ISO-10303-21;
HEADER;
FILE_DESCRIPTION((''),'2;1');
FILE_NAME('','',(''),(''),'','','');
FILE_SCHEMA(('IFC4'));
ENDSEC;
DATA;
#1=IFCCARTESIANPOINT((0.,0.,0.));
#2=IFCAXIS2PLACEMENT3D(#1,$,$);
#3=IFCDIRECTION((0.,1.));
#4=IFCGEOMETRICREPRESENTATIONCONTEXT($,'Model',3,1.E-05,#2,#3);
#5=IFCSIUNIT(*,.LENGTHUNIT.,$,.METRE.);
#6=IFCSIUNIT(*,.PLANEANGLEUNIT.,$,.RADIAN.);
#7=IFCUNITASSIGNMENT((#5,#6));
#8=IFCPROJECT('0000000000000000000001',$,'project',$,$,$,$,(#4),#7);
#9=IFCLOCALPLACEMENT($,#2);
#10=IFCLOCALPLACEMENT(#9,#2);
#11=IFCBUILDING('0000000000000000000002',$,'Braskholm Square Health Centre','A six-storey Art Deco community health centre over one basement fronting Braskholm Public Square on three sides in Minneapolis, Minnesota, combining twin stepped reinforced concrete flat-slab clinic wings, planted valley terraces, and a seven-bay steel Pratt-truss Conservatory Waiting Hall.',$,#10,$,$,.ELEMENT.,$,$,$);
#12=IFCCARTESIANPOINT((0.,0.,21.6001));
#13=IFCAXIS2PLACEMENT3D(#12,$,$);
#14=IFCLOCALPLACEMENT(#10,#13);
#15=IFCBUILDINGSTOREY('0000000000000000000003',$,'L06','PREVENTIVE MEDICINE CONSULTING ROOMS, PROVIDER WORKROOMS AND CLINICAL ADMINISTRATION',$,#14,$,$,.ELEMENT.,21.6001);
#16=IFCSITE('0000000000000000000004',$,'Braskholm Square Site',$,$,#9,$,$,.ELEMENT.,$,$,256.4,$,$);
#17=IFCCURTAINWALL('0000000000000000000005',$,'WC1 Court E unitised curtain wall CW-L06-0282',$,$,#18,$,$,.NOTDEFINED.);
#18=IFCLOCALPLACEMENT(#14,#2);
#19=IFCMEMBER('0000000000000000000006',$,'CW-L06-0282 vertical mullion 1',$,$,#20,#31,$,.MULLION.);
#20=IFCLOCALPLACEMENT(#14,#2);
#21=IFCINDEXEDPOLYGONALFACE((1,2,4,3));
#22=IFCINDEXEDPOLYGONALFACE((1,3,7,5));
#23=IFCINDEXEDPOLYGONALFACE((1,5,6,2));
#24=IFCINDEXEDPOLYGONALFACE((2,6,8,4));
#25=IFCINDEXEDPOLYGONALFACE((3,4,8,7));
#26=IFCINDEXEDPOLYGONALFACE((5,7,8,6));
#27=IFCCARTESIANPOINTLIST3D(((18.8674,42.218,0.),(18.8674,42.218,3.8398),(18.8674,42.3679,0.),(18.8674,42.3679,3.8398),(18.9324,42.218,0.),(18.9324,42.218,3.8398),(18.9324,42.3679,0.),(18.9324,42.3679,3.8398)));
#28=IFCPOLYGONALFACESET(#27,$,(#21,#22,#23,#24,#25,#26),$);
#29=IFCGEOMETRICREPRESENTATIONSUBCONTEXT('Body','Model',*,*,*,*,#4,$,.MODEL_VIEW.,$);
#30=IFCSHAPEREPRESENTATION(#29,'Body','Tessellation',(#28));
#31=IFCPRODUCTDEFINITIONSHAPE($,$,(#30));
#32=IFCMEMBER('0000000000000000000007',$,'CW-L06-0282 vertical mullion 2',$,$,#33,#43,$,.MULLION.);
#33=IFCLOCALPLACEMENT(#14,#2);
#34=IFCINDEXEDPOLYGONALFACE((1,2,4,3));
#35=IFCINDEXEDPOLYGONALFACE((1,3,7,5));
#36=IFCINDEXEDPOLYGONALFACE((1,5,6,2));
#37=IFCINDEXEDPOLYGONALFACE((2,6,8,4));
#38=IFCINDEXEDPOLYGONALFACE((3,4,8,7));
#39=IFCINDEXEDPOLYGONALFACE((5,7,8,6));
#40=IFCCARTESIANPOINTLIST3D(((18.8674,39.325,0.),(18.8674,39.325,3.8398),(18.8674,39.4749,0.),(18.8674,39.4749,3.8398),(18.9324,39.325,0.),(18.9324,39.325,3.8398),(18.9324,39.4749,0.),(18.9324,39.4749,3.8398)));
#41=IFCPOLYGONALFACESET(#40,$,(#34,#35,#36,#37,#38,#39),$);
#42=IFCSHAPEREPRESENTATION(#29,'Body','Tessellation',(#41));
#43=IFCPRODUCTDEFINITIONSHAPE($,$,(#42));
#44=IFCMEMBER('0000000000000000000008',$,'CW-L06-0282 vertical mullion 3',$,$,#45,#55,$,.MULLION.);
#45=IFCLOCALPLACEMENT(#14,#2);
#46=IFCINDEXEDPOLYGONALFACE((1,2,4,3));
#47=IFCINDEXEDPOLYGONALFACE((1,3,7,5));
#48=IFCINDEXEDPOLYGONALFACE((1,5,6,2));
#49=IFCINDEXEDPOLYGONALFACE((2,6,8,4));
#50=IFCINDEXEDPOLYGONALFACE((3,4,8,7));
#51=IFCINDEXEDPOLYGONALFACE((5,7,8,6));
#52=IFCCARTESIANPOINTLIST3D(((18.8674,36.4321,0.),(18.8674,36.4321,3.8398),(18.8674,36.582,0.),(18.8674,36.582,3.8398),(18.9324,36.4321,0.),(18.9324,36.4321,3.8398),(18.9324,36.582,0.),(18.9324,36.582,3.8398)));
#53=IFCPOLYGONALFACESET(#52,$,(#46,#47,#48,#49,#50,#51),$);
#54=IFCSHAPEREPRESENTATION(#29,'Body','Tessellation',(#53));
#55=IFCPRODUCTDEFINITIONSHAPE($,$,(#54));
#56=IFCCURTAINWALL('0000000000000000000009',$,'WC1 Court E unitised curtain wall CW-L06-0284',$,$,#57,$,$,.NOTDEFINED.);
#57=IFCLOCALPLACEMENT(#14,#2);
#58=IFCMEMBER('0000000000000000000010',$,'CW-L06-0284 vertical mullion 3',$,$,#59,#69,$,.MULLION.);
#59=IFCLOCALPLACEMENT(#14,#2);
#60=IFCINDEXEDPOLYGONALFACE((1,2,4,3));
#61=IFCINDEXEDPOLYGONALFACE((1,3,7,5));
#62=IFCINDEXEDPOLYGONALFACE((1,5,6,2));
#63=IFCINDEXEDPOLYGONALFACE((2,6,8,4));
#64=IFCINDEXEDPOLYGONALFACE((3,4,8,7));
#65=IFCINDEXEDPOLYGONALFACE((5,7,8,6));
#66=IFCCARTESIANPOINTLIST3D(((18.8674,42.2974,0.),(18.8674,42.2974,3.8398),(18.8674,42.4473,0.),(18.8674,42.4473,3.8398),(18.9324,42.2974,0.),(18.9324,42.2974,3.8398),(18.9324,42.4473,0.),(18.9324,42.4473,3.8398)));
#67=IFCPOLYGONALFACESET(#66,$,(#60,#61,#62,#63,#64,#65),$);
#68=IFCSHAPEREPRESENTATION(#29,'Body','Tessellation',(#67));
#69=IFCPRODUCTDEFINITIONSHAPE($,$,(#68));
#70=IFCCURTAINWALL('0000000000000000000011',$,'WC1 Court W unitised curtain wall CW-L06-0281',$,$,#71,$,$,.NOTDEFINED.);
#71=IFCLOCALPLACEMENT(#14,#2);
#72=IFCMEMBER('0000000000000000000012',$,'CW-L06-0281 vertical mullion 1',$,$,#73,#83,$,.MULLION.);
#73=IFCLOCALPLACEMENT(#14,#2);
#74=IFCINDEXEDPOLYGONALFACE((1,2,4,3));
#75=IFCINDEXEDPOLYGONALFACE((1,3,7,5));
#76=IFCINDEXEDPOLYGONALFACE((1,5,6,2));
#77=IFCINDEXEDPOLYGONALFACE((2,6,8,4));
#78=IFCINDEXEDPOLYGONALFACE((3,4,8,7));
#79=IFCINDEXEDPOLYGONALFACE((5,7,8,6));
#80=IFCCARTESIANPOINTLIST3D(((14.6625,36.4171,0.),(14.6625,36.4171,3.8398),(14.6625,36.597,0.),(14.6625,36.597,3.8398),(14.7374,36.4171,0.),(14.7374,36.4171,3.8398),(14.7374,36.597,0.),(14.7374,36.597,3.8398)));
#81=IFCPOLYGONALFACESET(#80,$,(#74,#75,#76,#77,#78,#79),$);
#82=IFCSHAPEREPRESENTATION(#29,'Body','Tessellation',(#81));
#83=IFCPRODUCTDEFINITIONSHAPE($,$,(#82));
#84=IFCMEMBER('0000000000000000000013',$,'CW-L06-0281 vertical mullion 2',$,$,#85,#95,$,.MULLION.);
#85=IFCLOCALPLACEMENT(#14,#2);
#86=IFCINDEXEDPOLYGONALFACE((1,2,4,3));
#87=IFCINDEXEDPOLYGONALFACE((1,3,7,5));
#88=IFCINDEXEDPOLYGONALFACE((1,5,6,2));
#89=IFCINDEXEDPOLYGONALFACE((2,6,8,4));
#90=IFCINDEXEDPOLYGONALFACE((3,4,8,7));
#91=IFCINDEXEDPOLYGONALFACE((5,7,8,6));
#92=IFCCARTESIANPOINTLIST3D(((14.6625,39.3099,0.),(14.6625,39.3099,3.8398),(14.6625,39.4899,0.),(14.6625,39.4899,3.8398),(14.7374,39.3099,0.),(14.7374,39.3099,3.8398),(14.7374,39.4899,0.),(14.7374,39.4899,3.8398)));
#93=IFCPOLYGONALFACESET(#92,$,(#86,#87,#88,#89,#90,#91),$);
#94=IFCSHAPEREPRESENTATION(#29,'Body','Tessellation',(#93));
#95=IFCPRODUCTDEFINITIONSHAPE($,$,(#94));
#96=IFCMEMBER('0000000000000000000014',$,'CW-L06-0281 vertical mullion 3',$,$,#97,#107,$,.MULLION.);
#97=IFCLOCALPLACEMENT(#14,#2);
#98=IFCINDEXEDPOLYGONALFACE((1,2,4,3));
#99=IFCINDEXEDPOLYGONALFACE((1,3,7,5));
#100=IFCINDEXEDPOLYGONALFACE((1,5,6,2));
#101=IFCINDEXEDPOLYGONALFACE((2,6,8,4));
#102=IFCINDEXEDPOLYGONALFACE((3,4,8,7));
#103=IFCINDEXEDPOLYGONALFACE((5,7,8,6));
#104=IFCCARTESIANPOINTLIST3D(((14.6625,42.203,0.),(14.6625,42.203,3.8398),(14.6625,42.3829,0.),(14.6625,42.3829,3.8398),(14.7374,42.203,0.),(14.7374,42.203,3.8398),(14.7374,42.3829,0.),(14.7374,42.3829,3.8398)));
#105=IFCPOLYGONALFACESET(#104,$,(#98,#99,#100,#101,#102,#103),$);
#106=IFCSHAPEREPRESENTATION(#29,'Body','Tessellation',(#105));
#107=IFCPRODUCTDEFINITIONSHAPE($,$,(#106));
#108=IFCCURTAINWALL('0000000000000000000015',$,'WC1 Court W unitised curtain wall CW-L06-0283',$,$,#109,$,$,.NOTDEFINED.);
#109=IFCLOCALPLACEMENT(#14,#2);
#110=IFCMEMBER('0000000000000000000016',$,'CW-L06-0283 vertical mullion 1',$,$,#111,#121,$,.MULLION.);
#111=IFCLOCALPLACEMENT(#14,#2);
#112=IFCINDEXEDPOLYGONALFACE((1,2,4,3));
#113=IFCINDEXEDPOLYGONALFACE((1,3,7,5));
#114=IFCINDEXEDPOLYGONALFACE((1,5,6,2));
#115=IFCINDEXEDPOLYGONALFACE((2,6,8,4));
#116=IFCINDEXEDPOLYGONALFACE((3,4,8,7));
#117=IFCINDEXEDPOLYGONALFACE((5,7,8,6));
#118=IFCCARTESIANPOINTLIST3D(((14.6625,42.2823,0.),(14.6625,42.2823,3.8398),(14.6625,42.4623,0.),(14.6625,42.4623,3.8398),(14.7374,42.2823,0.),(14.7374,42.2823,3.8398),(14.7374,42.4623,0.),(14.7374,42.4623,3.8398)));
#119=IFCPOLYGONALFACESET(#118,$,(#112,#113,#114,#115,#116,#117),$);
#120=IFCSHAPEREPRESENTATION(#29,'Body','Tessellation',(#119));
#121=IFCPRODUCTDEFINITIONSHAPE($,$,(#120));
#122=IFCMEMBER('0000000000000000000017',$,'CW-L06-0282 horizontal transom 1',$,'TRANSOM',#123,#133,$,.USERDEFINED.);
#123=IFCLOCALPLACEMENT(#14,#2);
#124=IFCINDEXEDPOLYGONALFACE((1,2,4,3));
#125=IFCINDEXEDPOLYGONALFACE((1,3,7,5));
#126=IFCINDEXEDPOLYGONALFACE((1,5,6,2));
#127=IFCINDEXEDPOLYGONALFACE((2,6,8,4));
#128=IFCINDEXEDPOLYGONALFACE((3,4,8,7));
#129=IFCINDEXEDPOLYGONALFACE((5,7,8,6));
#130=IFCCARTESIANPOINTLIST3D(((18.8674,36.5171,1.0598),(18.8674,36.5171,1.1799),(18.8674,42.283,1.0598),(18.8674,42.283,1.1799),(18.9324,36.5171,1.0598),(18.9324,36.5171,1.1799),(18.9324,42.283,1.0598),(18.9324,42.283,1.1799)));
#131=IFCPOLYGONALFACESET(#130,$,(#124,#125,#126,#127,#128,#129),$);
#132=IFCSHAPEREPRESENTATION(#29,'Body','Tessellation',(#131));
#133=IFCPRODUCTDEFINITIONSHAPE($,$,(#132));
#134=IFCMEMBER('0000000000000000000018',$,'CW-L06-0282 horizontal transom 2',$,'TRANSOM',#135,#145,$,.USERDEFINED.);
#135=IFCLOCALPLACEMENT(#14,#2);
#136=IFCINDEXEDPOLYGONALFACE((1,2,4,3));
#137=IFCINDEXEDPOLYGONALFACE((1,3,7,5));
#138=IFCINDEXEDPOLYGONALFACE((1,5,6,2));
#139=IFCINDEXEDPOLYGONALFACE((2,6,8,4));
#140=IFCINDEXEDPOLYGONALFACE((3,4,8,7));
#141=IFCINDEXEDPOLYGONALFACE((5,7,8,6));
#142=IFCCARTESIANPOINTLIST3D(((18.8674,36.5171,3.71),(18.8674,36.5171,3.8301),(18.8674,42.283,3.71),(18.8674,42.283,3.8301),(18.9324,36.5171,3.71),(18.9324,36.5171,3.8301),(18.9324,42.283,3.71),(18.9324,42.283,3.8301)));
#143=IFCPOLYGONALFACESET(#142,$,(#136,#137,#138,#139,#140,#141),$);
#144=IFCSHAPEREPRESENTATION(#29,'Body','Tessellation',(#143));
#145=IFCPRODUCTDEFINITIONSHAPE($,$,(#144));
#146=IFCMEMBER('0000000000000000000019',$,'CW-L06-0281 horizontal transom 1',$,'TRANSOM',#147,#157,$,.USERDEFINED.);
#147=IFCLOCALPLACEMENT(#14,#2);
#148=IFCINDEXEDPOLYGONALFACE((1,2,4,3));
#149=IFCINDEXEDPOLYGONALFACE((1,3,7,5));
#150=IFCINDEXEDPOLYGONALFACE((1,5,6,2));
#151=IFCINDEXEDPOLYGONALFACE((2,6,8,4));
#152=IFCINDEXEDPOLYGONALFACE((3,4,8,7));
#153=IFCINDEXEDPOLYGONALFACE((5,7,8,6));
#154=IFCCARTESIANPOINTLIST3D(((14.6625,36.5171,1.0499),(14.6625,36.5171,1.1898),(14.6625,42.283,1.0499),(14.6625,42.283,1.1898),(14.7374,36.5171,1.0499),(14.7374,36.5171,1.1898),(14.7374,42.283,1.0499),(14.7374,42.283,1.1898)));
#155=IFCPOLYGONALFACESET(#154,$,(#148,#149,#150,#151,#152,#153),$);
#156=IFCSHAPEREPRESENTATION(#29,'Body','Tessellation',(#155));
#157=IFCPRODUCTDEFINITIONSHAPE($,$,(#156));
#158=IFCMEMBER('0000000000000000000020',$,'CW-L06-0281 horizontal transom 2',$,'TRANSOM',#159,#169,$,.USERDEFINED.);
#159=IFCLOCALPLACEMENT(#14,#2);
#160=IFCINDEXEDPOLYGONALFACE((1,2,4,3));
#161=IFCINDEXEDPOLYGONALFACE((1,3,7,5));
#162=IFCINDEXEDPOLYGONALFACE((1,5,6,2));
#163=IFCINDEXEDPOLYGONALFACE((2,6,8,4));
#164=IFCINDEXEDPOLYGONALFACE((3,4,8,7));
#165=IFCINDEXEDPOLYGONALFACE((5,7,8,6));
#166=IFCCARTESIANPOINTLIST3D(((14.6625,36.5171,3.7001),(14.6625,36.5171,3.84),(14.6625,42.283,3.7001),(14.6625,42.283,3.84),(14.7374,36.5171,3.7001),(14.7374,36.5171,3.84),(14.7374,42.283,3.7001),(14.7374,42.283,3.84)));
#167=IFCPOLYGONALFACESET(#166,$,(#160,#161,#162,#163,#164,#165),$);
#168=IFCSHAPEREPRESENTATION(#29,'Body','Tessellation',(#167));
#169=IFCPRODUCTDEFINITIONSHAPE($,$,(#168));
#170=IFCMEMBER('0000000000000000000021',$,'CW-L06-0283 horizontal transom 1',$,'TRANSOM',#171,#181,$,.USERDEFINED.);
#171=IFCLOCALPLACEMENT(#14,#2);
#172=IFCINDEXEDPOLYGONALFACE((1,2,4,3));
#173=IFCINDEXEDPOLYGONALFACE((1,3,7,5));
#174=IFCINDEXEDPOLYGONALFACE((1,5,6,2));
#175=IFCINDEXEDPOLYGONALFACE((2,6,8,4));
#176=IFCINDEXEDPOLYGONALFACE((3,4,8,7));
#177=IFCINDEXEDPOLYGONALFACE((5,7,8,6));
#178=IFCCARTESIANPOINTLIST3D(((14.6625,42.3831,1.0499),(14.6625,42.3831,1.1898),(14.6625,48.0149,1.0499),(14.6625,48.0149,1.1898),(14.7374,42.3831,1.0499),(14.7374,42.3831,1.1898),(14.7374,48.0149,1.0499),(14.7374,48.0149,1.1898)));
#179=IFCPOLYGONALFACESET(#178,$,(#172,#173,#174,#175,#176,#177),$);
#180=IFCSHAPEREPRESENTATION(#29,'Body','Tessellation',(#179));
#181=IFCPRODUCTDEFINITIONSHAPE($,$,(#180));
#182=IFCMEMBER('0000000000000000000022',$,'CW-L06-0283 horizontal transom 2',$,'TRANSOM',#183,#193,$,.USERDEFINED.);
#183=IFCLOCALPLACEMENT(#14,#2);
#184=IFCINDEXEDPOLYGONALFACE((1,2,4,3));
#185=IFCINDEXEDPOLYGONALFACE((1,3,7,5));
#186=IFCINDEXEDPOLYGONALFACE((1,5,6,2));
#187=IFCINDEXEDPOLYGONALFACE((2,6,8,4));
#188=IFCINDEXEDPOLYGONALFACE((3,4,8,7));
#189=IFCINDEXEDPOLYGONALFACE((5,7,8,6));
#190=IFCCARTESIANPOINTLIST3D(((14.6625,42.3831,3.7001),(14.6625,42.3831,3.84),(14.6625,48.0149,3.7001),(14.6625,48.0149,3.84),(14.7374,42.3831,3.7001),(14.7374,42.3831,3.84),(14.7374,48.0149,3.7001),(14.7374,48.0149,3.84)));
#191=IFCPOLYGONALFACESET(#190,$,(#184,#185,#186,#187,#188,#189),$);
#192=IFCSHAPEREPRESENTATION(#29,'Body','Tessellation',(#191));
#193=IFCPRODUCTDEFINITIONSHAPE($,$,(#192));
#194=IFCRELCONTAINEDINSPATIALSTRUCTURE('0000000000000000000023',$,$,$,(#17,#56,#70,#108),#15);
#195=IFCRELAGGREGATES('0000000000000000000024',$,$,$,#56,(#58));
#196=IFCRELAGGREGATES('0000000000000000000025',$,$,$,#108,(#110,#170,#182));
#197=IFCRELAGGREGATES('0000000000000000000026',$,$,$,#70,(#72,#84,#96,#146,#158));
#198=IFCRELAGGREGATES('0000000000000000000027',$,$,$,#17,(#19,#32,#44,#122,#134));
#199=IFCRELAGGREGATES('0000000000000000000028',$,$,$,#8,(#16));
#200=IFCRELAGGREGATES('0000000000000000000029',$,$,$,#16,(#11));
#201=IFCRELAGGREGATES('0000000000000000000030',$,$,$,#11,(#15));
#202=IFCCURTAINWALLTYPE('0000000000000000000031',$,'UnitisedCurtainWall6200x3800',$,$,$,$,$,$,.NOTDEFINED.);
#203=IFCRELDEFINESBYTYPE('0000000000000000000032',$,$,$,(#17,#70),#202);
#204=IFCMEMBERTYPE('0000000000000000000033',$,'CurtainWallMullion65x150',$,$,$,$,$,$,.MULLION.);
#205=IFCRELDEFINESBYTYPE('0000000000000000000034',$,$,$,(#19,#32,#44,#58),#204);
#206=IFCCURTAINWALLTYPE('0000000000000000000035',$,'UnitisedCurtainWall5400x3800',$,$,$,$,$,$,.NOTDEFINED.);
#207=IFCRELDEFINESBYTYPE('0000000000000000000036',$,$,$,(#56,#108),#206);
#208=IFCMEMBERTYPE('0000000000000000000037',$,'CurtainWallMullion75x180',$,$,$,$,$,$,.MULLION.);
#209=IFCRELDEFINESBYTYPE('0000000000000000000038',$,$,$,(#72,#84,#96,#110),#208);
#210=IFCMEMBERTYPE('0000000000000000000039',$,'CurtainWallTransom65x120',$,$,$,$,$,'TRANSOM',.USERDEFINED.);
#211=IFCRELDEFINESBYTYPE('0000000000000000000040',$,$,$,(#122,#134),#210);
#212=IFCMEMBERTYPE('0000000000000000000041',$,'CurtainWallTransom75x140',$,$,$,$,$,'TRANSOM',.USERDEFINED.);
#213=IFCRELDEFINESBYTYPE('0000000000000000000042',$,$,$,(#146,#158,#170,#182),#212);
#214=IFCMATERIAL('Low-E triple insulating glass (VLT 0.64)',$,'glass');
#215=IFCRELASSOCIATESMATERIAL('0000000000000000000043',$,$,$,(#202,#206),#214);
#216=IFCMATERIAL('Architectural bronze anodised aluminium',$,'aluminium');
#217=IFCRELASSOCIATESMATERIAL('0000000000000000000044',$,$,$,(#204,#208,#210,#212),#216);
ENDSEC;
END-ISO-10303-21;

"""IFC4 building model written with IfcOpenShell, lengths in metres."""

from ifc_helpers import new_model, si_unit, direction, frame, origin, origin_2d, place, context, subcontext, project, spatial, rectangle, extrude, material, material_profile, profile_set, type_object, element, aggregate, save


model = new_model("IFC4")

# Units and contexts
model_context = context("Model", 3, precision=1e-05, world=origin(), true_north=direction((0.0, 1.0)))
body_context = subcontext(model_context, "Body", "Model", "MODEL_VIEW")
ifc_project = project(units=[si_unit("LENGTHUNIT", "METRE"), si_unit("PLANEANGLEUNIT", "RADIAN")], contexts=[model_context])

# Site, building, storey
site_placement = place(None, origin())
site = spatial("IfcSite", under=ifc_project, at=site_placement, Name="Braskholm Square Site", CompositionType="ELEMENT", RefElevation=256.4)
building_placement = place(site_placement, origin())
building = spatial("IfcBuilding", under=site, at=building_placement, Name="Braskholm Square Health Centre", Description="A six-storey Art Deco community health centre over one basement fronting Braskholm Public Square on three sides in Minneapolis, Minnesota, combining twin stepped reinforced concrete flat-slab clinic wings, planted valley terraces, and a seven-bay steel Pratt-truss Conservatory Waiting Hall.", CompositionType="ELEMENT")
storey_placement = place(building_placement, frame((0.0, 0.0, 21.6001)))
storey = spatial("IfcBuildingStorey", under=building, at=storey_placement, Name="L06", Description="PREVENTIVE MEDICINE CONSULTING ROOMS, PROVIDER WORKROOMS AND CLINICAL ADMINISTRATION", CompositionType="ELEMENT", Elevation=21.6001)

# Curtain wall, members
ifc_material_1 = material(Name="Low-E triple insulating glass (VLT 0.64)", Category="glass")
curtain_wall_type_1 = type_object("IfcCurtainWallType", Name="UnitisedCurtainWall6200x3800", PredefinedType="NOTDEFINED", material=ifc_material_1)
curtain_wall_1_placement = place(storey_placement, origin())
curtain_wall_1 = element("IfcCurtainWall", 1, at=curtain_wall_1_placement, inside=storey, type_object=curtain_wall_type_1, Name="WC1 Court E unitised curtain wall CW-L06-0282", PredefinedType="NOTDEFINED")
ifc_material_2 = material(Name="Architectural bronze anodised aluminium", Category="aluminium")
ifc_material_profile_1 = material_profile(ifc_material_2, rectangle(XDim=0.0649, YDim=0.1499, at=origin_2d()), Name="ALU-65X150")
ifc_profile_set_1 = profile_set([ifc_material_profile_1], Name="Architectural bronze anodised aluminium")
member_type_1 = type_object("IfcMemberType", Name="CurtainWallMullion65x150", PredefinedType="MULLION", material=ifc_profile_set_1)
member_1_placement = place(storey_placement, frame((18.8999, 42.293, 0.0), z_axis=(0.0, 0.0, 1.0), x_axis=(1.0, 0.0, 0.0)))
member_1 = element("IfcMember", 2, at=member_1_placement, type_object=member_type_1, Name="CW-L06-0282 vertical mullion 1", PredefinedType="MULLION", context=body_context, shape_type="SweptSolid", body=[
    extrude(rectangle(XDim=0.0649, YDim=0.1499, at=origin_2d()), origin(), (0.0, 0.0, 1.0), 3.8398),
])
member_2_placement = place(storey_placement, frame((18.8999, 39.3999, 0.0), z_axis=(0.0, 0.0, 1.0), x_axis=(1.0, 0.0, 0.0)))
member_2 = element("IfcMember", 3, at=member_2_placement, type_object=member_type_1, Name="CW-L06-0282 vertical mullion 2", PredefinedType="MULLION", context=body_context, shape_type="SweptSolid", body=[
    extrude(rectangle(XDim=0.0649, YDim=0.1499, at=origin_2d()), origin(), (0.0, 0.0, 1.0), 3.8398),
])
member_3_placement = place(storey_placement, frame((18.8999, 36.5071, 0.0), z_axis=(0.0, 0.0, 1.0), x_axis=(1.0, 0.0, 0.0)))
member_3 = element("IfcMember", 4, at=member_3_placement, type_object=member_type_1, Name="CW-L06-0282 vertical mullion 3", PredefinedType="MULLION", context=body_context, shape_type="SweptSolid", body=[
    extrude(rectangle(XDim=0.0649, YDim=0.1499, at=origin_2d()), origin(), (0.0, 0.0, 1.0), 3.8398),
])

# Curtain wall, member
curtain_wall_type_2 = type_object("IfcCurtainWallType", Name="UnitisedCurtainWall5400x3800", PredefinedType="NOTDEFINED", material=ifc_material_1)
curtain_wall_2_placement = place(storey_placement, origin())
curtain_wall_2 = element("IfcCurtainWall", 5, at=curtain_wall_2_placement, inside=storey, type_object=curtain_wall_type_2, Name="WC1 Court E unitised curtain wall CW-L06-0284", PredefinedType="NOTDEFINED")
member_4_placement = place(storey_placement, frame((18.8999, 42.3723, 0.0), z_axis=(0.0, 0.0, 1.0), x_axis=(1.0, 0.0, 0.0)))
member_4 = element("IfcMember", 6, at=member_4_placement, type_object=member_type_1, Name="CW-L06-0284 vertical mullion 3", PredefinedType="MULLION", context=body_context, shape_type="SweptSolid", body=[
    extrude(rectangle(XDim=0.0649, YDim=0.1499, at=origin_2d()), origin(), (0.0, 0.0, 1.0), 3.8398),
])
aggregate(curtain_wall_2, [member_4])

# Curtain wall, members
curtain_wall_3_placement = place(storey_placement, origin())
curtain_wall_3 = element("IfcCurtainWall", 7, at=curtain_wall_3_placement, inside=storey, type_object=curtain_wall_type_1, Name="WC1 Court W unitised curtain wall CW-L06-0281", PredefinedType="NOTDEFINED")
ifc_material_profile_2 = material_profile(ifc_material_2, rectangle(XDim=0.075, YDim=0.1799, at=origin_2d()), Name="ALU-75X180")
ifc_profile_set_2 = profile_set([ifc_material_profile_2], Name="Architectural bronze anodised aluminium")
member_type_2 = type_object("IfcMemberType", Name="CurtainWallMullion75x180", PredefinedType="MULLION", material=ifc_profile_set_2)
member_5_placement = place(storey_placement, frame((14.7, 36.5071, 0.0), z_axis=(0.0, 0.0, 1.0), x_axis=(1.0, 0.0, 0.0)))
member_5 = element("IfcMember", 8, at=member_5_placement, type_object=member_type_2, Name="CW-L06-0281 vertical mullion 1", PredefinedType="MULLION", context=body_context, shape_type="SweptSolid", body=[
    extrude(rectangle(XDim=0.075, YDim=0.1799, at=origin_2d()), origin(), (0.0, 0.0, 1.0), 3.8398),
])
member_6_placement = place(storey_placement, frame((14.7, 39.3999, 0.0), z_axis=(0.0, 0.0, 1.0), x_axis=(1.0, 0.0, 0.0)))
member_6 = element("IfcMember", 9, at=member_6_placement, type_object=member_type_2, Name="CW-L06-0281 vertical mullion 2", PredefinedType="MULLION", context=body_context, shape_type="SweptSolid", body=[
    extrude(rectangle(XDim=0.075, YDim=0.1799, at=origin_2d()), origin(), (0.0, 0.0, 1.0), 3.8398),
])
member_7_placement = place(storey_placement, frame((14.7, 42.293, 0.0), z_axis=(0.0, 0.0, 1.0), x_axis=(1.0, 0.0, 0.0)))
member_7 = element("IfcMember", 10, at=member_7_placement, type_object=member_type_2, Name="CW-L06-0281 vertical mullion 3", PredefinedType="MULLION", context=body_context, shape_type="SweptSolid", body=[
    extrude(rectangle(XDim=0.075, YDim=0.1799, at=origin_2d()), origin(), (0.0, 0.0, 1.0), 3.8398),
])

# Curtain wall, member
curtain_wall_4_placement = place(storey_placement, origin())
curtain_wall_4 = element("IfcCurtainWall", 11, at=curtain_wall_4_placement, inside=storey, type_object=curtain_wall_type_2, Name="WC1 Court W unitised curtain wall CW-L06-0283", PredefinedType="NOTDEFINED")
member_8_placement = place(storey_placement, frame((14.7, 42.3723, 0.0), z_axis=(0.0, 0.0, 1.0), x_axis=(1.0, 0.0, 0.0)))
member_8 = element("IfcMember", 12, at=member_8_placement, type_object=member_type_2, Name="CW-L06-0283 vertical mullion 1", PredefinedType="MULLION", context=body_context, shape_type="SweptSolid", body=[
    extrude(rectangle(XDim=0.075, YDim=0.1799, at=origin_2d()), origin(), (0.0, 0.0, 1.0), 3.8398),
])

# Members
ifc_material_profile_3 = material_profile(ifc_material_2, rectangle(XDim=0.0649, YDim=0.1201, at=origin_2d()), Name="ALU-65X120")
ifc_profile_set_3 = profile_set([ifc_material_profile_3], Name="Architectural bronze anodised aluminium")
member_type_3 = type_object("IfcMemberType", Name="CurtainWallTransom65x120", ElementType="TRANSOM", PredefinedType="USERDEFINED", material=ifc_profile_set_3)
member_9_placement = place(storey_placement, frame((18.8999, 42.283, 1.1199), z_axis=(0.0, -1.0, 0.0), x_axis=(1.0, 0.0, 0.0)))
member_9 = element("IfcMember", 13, at=member_9_placement, type_object=member_type_3, Name="CW-L06-0282 horizontal transom 1", ObjectType="TRANSOM", PredefinedType="USERDEFINED", context=body_context, shape_type="SweptSolid", body=[
    extrude(rectangle(XDim=0.0649, YDim=0.1201, at=origin_2d()), origin(), (0.0, 0.0, 1.0), 5.7659),
])
member_10_placement = place(storey_placement, frame((18.8999, 42.283, 3.77), z_axis=(0.0, -1.0, 0.0), x_axis=(1.0, 0.0, 0.0)))
member_10 = element("IfcMember", 14, at=member_10_placement, type_object=member_type_3, Name="CW-L06-0282 horizontal transom 2", ObjectType="TRANSOM", PredefinedType="USERDEFINED", context=body_context, shape_type="SweptSolid", body=[
    extrude(rectangle(XDim=0.0649, YDim=0.1201, at=origin_2d()), origin(), (0.0, 0.0, 1.0), 5.7659),
])
ifc_material_profile_4 = material_profile(ifc_material_2, rectangle(XDim=0.075, YDim=0.1399, at=origin_2d()), Name="ALU-75X140")
ifc_profile_set_4 = profile_set([ifc_material_profile_4], Name="Architectural bronze anodised aluminium")
member_type_4 = type_object("IfcMemberType", Name="CurtainWallTransom75x140", ElementType="TRANSOM", PredefinedType="USERDEFINED", material=ifc_profile_set_4)
member_11_placement = place(storey_placement, frame((14.7, 36.5171, 1.1199), z_axis=(0.0, 1.0, 0.0), x_axis=(-1.0, 0.0, 0.0)))
member_11 = element("IfcMember", 15, at=member_11_placement, type_object=member_type_4, Name="CW-L06-0281 horizontal transom 1", ObjectType="TRANSOM", PredefinedType="USERDEFINED", context=body_context, shape_type="SweptSolid", body=[
    extrude(rectangle(XDim=0.075, YDim=0.1399, at=origin_2d()), origin(), (0.0, 0.0, 1.0), 5.7659),
])
member_12_placement = place(storey_placement, frame((14.7, 36.5171, 3.77), z_axis=(0.0, 1.0, 0.0), x_axis=(-1.0, 0.0, 0.0)))
member_12 = element("IfcMember", 16, at=member_12_placement, type_object=member_type_4, Name="CW-L06-0281 horizontal transom 2", ObjectType="TRANSOM", PredefinedType="USERDEFINED", context=body_context, shape_type="SweptSolid", body=[
    extrude(rectangle(XDim=0.075, YDim=0.1399, at=origin_2d()), origin(), (0.0, 0.0, 1.0), 5.7659),
])
member_13_placement = place(storey_placement, frame((14.7, 42.3831, 1.1199), z_axis=(0.0, 1.0, 0.0), x_axis=(-1.0, 0.0, 0.0)))
member_13 = element("IfcMember", 17, at=member_13_placement, type_object=member_type_4, Name="CW-L06-0283 horizontal transom 1", ObjectType="TRANSOM", PredefinedType="USERDEFINED", context=body_context, shape_type="SweptSolid", body=[
    extrude(rectangle(XDim=0.075, YDim=0.1399, at=origin_2d()), origin(), (0.0, 0.0, 1.0), 5.6318),
])
member_14_placement = place(storey_placement, frame((14.7, 42.3831, 3.77), z_axis=(0.0, 1.0, 0.0), x_axis=(-1.0, 0.0, 0.0)))
member_14 = element("IfcMember", 18, at=member_14_placement, type_object=member_type_4, Name="CW-L06-0283 horizontal transom 2", ObjectType="TRANSOM", PredefinedType="USERDEFINED", context=body_context, shape_type="SweptSolid", body=[
    extrude(rectangle(XDim=0.075, YDim=0.1399, at=origin_2d()), origin(), (0.0, 0.0, 1.0), 5.6318),
])
aggregate(curtain_wall_4, [member_8, member_13, member_14])

aggregate(curtain_wall_3, [member_5, member_6, member_7, member_11, member_12])
aggregate(curtain_wall_1, [member_1, member_2, member_3, member_9, member_10])

save(model, "model.ifc")
